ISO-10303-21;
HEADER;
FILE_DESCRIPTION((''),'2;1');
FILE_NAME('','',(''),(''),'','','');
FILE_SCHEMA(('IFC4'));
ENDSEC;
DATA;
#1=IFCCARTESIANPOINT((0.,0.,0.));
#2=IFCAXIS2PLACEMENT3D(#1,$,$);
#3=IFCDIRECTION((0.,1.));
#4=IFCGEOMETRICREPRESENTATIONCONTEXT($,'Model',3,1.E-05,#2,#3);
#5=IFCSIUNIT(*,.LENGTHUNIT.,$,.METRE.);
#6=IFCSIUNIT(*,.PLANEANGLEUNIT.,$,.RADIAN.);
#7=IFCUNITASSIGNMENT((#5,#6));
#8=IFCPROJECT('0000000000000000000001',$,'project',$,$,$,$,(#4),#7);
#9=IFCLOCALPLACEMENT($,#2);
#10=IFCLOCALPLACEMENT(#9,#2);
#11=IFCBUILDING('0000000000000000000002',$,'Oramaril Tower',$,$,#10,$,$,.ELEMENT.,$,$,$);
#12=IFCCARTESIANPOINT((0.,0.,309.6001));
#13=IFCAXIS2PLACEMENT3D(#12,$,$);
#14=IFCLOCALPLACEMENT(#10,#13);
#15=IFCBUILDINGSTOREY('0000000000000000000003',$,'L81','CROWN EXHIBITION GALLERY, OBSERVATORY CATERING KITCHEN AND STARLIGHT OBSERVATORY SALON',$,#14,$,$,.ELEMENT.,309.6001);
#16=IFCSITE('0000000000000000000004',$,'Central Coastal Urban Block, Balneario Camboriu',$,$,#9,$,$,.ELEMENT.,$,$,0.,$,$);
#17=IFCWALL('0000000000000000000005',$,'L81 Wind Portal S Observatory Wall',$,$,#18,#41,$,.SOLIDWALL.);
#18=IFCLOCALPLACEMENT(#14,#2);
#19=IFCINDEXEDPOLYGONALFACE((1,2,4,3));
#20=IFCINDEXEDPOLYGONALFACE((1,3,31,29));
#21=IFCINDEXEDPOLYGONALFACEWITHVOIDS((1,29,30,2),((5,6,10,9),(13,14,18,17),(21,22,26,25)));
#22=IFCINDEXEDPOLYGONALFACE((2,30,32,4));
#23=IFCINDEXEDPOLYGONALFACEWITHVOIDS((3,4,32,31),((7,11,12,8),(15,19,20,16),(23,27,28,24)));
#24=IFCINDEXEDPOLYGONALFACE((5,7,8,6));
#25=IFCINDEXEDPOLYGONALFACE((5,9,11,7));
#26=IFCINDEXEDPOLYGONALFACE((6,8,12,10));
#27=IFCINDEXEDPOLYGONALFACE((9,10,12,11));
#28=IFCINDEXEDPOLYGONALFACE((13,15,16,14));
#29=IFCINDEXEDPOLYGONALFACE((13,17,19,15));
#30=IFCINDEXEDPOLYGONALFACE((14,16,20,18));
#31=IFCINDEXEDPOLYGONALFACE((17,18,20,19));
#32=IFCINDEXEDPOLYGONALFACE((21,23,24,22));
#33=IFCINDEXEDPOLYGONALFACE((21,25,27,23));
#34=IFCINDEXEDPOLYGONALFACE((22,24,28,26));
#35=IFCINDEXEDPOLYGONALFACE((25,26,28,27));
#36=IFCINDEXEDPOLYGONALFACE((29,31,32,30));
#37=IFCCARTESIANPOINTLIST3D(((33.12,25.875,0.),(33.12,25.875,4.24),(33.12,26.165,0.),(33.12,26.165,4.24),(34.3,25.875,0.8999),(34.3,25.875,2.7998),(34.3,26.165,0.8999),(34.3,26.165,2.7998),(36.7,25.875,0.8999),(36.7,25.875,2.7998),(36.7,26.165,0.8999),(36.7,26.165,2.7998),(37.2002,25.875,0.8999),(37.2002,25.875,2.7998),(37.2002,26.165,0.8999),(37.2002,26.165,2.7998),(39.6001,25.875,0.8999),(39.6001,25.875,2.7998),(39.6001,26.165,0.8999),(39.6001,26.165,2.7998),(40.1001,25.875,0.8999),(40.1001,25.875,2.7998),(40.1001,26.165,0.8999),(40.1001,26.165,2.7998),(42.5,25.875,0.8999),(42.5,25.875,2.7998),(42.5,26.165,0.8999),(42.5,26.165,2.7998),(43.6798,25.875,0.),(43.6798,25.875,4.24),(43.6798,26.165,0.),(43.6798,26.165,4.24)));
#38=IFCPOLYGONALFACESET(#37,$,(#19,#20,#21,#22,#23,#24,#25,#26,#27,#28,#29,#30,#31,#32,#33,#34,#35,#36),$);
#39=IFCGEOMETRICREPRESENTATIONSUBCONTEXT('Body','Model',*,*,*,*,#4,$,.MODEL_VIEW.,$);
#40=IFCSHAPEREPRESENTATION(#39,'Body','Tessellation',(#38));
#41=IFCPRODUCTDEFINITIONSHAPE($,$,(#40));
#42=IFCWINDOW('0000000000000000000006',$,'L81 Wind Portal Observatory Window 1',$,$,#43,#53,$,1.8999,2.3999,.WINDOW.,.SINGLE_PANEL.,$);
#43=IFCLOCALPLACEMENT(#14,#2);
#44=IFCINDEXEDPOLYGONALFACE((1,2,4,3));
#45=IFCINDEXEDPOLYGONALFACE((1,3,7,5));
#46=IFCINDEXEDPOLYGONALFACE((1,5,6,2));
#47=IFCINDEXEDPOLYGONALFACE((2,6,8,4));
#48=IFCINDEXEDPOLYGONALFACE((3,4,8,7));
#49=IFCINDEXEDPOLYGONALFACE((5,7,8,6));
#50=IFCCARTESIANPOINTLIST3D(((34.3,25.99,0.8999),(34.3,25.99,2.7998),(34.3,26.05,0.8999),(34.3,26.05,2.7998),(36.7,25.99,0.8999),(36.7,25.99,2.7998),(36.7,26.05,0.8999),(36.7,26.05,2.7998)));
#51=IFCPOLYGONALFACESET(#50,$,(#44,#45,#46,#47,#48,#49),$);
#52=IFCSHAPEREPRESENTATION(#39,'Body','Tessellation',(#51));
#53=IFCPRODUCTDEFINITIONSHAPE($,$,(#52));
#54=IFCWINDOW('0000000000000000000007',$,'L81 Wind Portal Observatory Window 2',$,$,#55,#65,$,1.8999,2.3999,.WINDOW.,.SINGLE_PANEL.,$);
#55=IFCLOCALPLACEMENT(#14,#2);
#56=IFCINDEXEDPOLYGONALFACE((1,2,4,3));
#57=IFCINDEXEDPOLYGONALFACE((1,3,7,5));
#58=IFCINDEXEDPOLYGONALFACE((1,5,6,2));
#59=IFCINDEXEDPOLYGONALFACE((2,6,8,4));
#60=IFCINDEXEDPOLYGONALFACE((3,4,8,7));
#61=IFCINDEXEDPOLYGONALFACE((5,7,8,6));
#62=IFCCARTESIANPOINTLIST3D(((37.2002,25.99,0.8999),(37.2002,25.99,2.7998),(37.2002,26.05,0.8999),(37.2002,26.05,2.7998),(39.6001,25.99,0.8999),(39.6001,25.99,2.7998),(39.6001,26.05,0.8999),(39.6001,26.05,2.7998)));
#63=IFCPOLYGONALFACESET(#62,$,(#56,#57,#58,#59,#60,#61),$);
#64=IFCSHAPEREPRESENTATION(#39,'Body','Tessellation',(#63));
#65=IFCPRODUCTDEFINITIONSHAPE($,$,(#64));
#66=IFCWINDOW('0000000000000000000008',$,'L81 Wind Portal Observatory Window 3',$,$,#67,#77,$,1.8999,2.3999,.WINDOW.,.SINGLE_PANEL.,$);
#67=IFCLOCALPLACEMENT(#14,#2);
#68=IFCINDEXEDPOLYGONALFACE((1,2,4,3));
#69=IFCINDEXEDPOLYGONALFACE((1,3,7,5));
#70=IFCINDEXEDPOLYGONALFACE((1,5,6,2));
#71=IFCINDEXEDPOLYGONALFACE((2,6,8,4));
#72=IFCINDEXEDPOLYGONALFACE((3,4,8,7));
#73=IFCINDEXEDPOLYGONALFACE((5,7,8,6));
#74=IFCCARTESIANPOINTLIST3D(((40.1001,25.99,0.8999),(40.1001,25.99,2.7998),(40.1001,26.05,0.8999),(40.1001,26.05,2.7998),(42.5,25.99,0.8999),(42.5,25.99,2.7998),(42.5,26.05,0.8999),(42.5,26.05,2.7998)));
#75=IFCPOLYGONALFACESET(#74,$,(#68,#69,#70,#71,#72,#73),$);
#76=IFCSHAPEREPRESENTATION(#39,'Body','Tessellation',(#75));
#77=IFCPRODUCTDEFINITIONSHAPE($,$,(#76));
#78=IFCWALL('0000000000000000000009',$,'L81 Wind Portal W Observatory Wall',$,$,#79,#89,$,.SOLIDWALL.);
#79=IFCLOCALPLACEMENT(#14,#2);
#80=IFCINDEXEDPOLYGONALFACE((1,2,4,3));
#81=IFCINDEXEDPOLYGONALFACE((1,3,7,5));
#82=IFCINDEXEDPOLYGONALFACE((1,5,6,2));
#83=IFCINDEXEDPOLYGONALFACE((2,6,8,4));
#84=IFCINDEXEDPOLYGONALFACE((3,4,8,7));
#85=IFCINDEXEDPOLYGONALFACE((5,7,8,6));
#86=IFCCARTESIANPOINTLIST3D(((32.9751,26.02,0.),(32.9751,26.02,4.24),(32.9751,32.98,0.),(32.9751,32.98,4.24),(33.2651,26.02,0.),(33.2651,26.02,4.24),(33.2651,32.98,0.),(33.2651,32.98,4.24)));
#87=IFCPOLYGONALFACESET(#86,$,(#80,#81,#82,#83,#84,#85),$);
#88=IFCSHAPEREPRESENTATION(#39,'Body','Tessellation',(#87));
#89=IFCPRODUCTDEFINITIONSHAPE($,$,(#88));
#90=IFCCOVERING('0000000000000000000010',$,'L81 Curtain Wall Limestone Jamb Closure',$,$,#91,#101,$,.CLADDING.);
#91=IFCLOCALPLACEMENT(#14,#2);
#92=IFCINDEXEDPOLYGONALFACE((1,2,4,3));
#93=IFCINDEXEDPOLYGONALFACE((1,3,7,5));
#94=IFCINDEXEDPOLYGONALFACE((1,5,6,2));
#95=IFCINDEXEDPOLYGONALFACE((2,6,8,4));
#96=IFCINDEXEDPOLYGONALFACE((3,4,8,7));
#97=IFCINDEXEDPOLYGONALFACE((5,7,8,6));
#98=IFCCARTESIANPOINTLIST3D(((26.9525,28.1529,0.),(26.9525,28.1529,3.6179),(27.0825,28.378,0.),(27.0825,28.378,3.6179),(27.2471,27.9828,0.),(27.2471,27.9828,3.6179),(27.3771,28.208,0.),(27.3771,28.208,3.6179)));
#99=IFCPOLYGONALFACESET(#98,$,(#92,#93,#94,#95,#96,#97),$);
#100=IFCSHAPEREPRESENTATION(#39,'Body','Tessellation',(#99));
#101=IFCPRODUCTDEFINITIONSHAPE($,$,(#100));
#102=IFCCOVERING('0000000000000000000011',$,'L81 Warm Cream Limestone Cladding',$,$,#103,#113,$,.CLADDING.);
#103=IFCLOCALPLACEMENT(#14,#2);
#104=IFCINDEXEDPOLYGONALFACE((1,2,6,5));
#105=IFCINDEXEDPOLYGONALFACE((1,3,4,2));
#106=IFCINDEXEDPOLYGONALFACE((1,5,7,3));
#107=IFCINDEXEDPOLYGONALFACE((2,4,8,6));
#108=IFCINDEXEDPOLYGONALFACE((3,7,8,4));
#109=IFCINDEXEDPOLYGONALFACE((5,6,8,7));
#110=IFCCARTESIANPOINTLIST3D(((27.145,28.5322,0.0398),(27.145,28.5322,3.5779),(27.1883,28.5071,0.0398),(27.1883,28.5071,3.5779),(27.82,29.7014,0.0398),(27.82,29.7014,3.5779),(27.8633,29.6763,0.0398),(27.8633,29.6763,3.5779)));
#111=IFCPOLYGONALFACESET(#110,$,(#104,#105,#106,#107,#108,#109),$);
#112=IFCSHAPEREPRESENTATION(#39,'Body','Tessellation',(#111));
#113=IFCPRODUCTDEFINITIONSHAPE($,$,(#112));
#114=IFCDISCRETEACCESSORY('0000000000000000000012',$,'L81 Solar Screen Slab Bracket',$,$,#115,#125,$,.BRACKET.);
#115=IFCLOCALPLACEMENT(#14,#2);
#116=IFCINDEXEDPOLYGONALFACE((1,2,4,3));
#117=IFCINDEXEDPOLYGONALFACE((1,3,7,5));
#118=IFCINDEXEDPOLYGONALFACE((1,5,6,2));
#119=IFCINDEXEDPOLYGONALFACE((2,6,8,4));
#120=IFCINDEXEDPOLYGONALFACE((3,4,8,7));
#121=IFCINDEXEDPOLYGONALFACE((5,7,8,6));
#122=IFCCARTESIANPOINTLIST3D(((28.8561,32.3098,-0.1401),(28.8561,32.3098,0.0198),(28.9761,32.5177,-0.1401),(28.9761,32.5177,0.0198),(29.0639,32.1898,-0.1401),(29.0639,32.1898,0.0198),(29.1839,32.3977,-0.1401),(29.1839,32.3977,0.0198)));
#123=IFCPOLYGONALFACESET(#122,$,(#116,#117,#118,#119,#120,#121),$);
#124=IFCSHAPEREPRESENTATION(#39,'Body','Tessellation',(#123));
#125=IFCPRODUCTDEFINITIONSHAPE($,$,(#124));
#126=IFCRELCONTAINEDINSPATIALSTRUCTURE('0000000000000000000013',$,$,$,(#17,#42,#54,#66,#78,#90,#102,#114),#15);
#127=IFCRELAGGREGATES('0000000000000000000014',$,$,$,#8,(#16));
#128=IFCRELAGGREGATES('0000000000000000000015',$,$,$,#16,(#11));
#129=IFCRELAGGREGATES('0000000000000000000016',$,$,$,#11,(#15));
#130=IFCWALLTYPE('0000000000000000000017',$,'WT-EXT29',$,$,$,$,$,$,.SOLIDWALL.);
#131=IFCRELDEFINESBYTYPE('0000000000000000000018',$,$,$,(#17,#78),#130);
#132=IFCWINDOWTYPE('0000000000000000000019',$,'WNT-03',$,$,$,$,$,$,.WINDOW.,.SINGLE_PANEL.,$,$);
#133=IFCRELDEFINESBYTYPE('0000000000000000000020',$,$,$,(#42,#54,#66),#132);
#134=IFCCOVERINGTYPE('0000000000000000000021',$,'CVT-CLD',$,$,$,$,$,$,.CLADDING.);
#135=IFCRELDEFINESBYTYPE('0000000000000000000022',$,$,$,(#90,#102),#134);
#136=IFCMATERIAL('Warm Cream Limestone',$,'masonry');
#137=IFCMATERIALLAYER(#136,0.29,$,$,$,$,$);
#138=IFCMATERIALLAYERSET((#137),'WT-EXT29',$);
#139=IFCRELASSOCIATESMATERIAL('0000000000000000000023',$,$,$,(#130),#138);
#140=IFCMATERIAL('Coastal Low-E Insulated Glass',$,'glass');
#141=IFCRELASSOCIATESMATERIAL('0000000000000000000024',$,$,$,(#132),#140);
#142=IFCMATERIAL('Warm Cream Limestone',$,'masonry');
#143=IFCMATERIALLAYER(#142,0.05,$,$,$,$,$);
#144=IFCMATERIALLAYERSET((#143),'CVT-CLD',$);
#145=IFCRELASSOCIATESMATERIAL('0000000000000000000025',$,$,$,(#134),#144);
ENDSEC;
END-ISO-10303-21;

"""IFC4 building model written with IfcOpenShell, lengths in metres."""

from ifc_helpers import new_model, si_unit, direction, frame, frame_2d, origin, origin_2d, place, context, subcontext, project, spatial, rectangle, extrude, material, layer, layer_set, type_object, element, fill, save


model = new_model("IFC4")

# Units and contexts
model_context = context("Model", 3, precision=1e-05, world=origin(), true_north=direction((0.0, 1.0)))
body_context = subcontext(model_context, "Body", "Model", "MODEL_VIEW")
ifc_project = project(units=[si_unit("LENGTHUNIT", "METRE"), si_unit("PLANEANGLEUNIT", "RADIAN")], contexts=[model_context])

# Site, building, storey
site_placement = place(None, origin())
site = spatial("IfcSite", under=ifc_project, at=site_placement, Name="Central Coastal Urban Block, Balneario Camboriu", CompositionType="ELEMENT", RefElevation=0.0)
building_placement = place(site_placement, origin())
building = spatial("IfcBuilding", under=site, at=building_placement, Name="Oramaril Tower", CompositionType="ELEMENT")
storey_placement = place(building_placement, frame((0.0, 0.0, 309.6001)))
storey = spatial("IfcBuildingStorey", under=building, at=storey_placement, Name="L81", Description="CROWN EXHIBITION GALLERY, OBSERVATORY CATERING KITCHEN AND STARLIGHT OBSERVATORY SALON", CompositionType="ELEMENT", Elevation=309.6001)

# Wall, openings, windows
ifc_material_1 = material(Name="Warm Cream Limestone", Category="masonry")
ifc_layer_1 = layer(ifc_material_1, 0.29)
ifc_layer_set_1 = layer_set([ifc_layer_1], Name="WT-EXT29")
wall_type_1 = type_object("IfcWallType", Name="WT-EXT29", PredefinedType="SOLIDWALL", material=ifc_layer_set_1)
wall_1_placement = place(storey_placement, frame((33.1201, 26.02, 0.0), z_axis=(0.0, 0.0, 1.0), x_axis=(1.0, 0.0, 0.0)))
wall_1 = element("IfcWall", 1, at=wall_1_placement, inside=storey, type_object=wall_type_1, Name="L81 Wind Portal S Observatory Wall", PredefinedType="SOLIDWALL", context=body_context, shape_type="SweptSolid", body=[
    extrude(rectangle(XDim=10.5598, YDim=0.29, at=frame_2d((5.2798, 0.0))), origin(), (0.0, 0.0, 1.0), 4.24),
])
opening_1_placement = place(wall_1_placement, frame((1.1799, 0.0, 0.8999)))
opening_1 = element("IfcOpeningElement", 2, at=opening_1_placement, cuts=wall_1, PredefinedType="OPENING", context=body_context, shape_type="SweptSolid", body=[
    extrude(rectangle(XDim=2.3999, YDim=1.8999, at=frame_2d((1.2, 0.95))), frame((0.0, 0.145, 0.0), z_axis=(0.0, -1.0, 0.0), x_axis=(1.0, 0.0, 0.0)), (0.0, 0.0, 1.0), 0.29),
])
opening_2_placement = place(wall_1_placement, frame((4.0801, 0.0, 0.8999)))
opening_2 = element("IfcOpeningElement", 3, at=opening_2_placement, cuts=wall_1, PredefinedType="OPENING", context=body_context, shape_type="SweptSolid", body=[
    extrude(rectangle(XDim=2.3999, YDim=1.8999, at=frame_2d((1.2, 0.95))), frame((0.0, 0.145, 0.0), z_axis=(0.0, -1.0, 0.0), x_axis=(1.0, 0.0, 0.0)), (0.0, 0.0, 1.0), 0.29),
])
opening_3_placement = place(wall_1_placement, frame((6.98, 0.0, 0.8999)))
opening_3 = element("IfcOpeningElement", 4, at=opening_3_placement, cuts=wall_1, PredefinedType="OPENING", context=body_context, shape_type="SweptSolid", body=[
    extrude(rectangle(XDim=2.3999, YDim=1.8999, at=frame_2d((1.2, 0.95))), frame((0.0, 0.145, 0.0), z_axis=(0.0, -1.0, 0.0), x_axis=(1.0, 0.0, 0.0)), (0.0, 0.0, 1.0), 0.29),
])
ifc_material_2 = material(Name="Coastal Low-E Insulated Glass", Category="glass")
window_type = type_object("IfcWindowType", Name="WNT-03", PartitioningType="SINGLE_PANEL", PredefinedType="WINDOW", material=ifc_material_2)
window_1_placement = place(opening_1_placement, origin())
window_1 = element("IfcWindow", 5, at=window_1_placement, inside=storey, type_object=window_type, Name="L81 Wind Portal Observatory Window 1", OverallHeight=1.8999, OverallWidth=2.3999, PartitioningType="SINGLE_PANEL", PredefinedType="WINDOW", context=body_context, shape_type="SweptSolid", body=[
    extrude(rectangle(XDim=2.3999, YDim=1.8999, at=frame_2d((1.2, 0.95))), frame((0.0, 0.03, 0.0), z_axis=(0.0, -1.0, 0.0), x_axis=(1.0, 0.0, 0.0)), (0.0, 0.0, 1.0), 0.0601),
])
fill(opening_1, window_1)
window_2_placement = place(opening_2_placement, origin())
window_2 = element("IfcWindow", 6, at=window_2_placement, inside=storey, type_object=window_type, Name="L81 Wind Portal Observatory Window 2", OverallHeight=1.8999, OverallWidth=2.3999, PartitioningType="SINGLE_PANEL", PredefinedType="WINDOW", context=body_context, shape_type="SweptSolid", body=[
    extrude(rectangle(XDim=2.3999, YDim=1.8999, at=frame_2d((1.2, 0.95))), frame((0.0, 0.03, 0.0), z_axis=(0.0, -1.0, 0.0), x_axis=(1.0, 0.0, 0.0)), (0.0, 0.0, 1.0), 0.0601),
])
fill(opening_2, window_2)
window_3_placement = place(opening_3_placement, origin())
window_3 = element("IfcWindow", 7, at=window_3_placement, inside=storey, type_object=window_type, Name="L81 Wind Portal Observatory Window 3", OverallHeight=1.8999, OverallWidth=2.3999, PartitioningType="SINGLE_PANEL", PredefinedType="WINDOW", context=body_context, shape_type="SweptSolid", body=[
    extrude(rectangle(XDim=2.3999, YDim=1.8999, at=frame_2d((1.2, 0.95))), frame((0.0, 0.03, 0.0), z_axis=(0.0, -1.0, 0.0), x_axis=(1.0, 0.0, 0.0)), (0.0, 0.0, 1.0), 0.0601),
])
fill(opening_3, window_3)

# Wall
wall_2_placement = place(storey_placement, frame((33.1201, 26.02, 0.0), z_axis=(0.0, 0.0, 1.0), x_axis=(0.0, 1.0, 0.0)))
element("IfcWall", 8, at=wall_2_placement, inside=storey, type_object=wall_type_1, Name="L81 Wind Portal W Observatory Wall", PredefinedType="SOLIDWALL", context=body_context, shape_type="SweptSolid", body=[
    extrude(rectangle(XDim=6.96, YDim=0.29, at=frame_2d((3.48, 0.0))), origin(), (0.0, 0.0, 1.0), 4.24),
])

# Coverings
ifc_material_3 = material(Name="Warm Cream Limestone", Category="masonry")
ifc_layer_2 = layer(ifc_material_3, 0.05)
ifc_layer_set_2 = layer_set([ifc_layer_2], Name="CVT-CLD")
covering_type = type_object("IfcCoveringType", Name="CVT-CLD", PredefinedType="CLADDING", material=ifc_layer_set_2)
covering_1_placement = place(storey_placement, frame((27.1648, 28.1804, 0.0), z_axis=(0.0, 0.0, 1.0), x_axis=(-0.5, -0.866025, 0.0)))
element("IfcCovering", 9, at=covering_1_placement, inside=storey, type_object=covering_type, Name="L81 Curtain Wall Limestone Jamb Closure", PredefinedType="CLADDING", context=body_context, shape_type="SweptSolid", body=[
    extrude(rectangle(XDim=0.26, YDim=0.3401, at=origin_2d()), origin(), (0.0, 0.0, 1.0), 3.6179),
])
covering_2_placement = place(storey_placement, frame((27.5042, 29.1042, 0.0398), z_axis=(0.0, 0.0, 1.0), x_axis=(-0.5, -0.866025, 0.0)))
element("IfcCovering", 10, at=covering_2_placement, inside=storey, type_object=covering_type, Name="L81 Warm Cream Limestone Cladding", PredefinedType="CLADDING", context=body_context, shape_type="SweptSolid", body=[
    extrude(rectangle(XDim=1.3501, YDim=0.05, at=origin_2d()), origin(), (0.0, 0.0, 1.0), 3.5381),
])

# Discrete accessory
discrete_accessory_placement = place(storey_placement, frame((29.02, 32.3538, -0.1401), z_axis=(0.0, 0.0, 1.0), x_axis=(-0.500002, -0.866025, 0.0)))
element("IfcDiscreteAccessory", 11, at=discrete_accessory_placement, inside=storey, Name="L81 Solar Screen Slab Bracket", PredefinedType="BRACKET", context=body_context, shape_type="SweptSolid", body=[
    extrude(rectangle(XDim=0.24, YDim=0.24, at=origin_2d()), origin(), (0.0, 0.0, 1.0), 0.1599),
])

save(model, "model.ifc")
